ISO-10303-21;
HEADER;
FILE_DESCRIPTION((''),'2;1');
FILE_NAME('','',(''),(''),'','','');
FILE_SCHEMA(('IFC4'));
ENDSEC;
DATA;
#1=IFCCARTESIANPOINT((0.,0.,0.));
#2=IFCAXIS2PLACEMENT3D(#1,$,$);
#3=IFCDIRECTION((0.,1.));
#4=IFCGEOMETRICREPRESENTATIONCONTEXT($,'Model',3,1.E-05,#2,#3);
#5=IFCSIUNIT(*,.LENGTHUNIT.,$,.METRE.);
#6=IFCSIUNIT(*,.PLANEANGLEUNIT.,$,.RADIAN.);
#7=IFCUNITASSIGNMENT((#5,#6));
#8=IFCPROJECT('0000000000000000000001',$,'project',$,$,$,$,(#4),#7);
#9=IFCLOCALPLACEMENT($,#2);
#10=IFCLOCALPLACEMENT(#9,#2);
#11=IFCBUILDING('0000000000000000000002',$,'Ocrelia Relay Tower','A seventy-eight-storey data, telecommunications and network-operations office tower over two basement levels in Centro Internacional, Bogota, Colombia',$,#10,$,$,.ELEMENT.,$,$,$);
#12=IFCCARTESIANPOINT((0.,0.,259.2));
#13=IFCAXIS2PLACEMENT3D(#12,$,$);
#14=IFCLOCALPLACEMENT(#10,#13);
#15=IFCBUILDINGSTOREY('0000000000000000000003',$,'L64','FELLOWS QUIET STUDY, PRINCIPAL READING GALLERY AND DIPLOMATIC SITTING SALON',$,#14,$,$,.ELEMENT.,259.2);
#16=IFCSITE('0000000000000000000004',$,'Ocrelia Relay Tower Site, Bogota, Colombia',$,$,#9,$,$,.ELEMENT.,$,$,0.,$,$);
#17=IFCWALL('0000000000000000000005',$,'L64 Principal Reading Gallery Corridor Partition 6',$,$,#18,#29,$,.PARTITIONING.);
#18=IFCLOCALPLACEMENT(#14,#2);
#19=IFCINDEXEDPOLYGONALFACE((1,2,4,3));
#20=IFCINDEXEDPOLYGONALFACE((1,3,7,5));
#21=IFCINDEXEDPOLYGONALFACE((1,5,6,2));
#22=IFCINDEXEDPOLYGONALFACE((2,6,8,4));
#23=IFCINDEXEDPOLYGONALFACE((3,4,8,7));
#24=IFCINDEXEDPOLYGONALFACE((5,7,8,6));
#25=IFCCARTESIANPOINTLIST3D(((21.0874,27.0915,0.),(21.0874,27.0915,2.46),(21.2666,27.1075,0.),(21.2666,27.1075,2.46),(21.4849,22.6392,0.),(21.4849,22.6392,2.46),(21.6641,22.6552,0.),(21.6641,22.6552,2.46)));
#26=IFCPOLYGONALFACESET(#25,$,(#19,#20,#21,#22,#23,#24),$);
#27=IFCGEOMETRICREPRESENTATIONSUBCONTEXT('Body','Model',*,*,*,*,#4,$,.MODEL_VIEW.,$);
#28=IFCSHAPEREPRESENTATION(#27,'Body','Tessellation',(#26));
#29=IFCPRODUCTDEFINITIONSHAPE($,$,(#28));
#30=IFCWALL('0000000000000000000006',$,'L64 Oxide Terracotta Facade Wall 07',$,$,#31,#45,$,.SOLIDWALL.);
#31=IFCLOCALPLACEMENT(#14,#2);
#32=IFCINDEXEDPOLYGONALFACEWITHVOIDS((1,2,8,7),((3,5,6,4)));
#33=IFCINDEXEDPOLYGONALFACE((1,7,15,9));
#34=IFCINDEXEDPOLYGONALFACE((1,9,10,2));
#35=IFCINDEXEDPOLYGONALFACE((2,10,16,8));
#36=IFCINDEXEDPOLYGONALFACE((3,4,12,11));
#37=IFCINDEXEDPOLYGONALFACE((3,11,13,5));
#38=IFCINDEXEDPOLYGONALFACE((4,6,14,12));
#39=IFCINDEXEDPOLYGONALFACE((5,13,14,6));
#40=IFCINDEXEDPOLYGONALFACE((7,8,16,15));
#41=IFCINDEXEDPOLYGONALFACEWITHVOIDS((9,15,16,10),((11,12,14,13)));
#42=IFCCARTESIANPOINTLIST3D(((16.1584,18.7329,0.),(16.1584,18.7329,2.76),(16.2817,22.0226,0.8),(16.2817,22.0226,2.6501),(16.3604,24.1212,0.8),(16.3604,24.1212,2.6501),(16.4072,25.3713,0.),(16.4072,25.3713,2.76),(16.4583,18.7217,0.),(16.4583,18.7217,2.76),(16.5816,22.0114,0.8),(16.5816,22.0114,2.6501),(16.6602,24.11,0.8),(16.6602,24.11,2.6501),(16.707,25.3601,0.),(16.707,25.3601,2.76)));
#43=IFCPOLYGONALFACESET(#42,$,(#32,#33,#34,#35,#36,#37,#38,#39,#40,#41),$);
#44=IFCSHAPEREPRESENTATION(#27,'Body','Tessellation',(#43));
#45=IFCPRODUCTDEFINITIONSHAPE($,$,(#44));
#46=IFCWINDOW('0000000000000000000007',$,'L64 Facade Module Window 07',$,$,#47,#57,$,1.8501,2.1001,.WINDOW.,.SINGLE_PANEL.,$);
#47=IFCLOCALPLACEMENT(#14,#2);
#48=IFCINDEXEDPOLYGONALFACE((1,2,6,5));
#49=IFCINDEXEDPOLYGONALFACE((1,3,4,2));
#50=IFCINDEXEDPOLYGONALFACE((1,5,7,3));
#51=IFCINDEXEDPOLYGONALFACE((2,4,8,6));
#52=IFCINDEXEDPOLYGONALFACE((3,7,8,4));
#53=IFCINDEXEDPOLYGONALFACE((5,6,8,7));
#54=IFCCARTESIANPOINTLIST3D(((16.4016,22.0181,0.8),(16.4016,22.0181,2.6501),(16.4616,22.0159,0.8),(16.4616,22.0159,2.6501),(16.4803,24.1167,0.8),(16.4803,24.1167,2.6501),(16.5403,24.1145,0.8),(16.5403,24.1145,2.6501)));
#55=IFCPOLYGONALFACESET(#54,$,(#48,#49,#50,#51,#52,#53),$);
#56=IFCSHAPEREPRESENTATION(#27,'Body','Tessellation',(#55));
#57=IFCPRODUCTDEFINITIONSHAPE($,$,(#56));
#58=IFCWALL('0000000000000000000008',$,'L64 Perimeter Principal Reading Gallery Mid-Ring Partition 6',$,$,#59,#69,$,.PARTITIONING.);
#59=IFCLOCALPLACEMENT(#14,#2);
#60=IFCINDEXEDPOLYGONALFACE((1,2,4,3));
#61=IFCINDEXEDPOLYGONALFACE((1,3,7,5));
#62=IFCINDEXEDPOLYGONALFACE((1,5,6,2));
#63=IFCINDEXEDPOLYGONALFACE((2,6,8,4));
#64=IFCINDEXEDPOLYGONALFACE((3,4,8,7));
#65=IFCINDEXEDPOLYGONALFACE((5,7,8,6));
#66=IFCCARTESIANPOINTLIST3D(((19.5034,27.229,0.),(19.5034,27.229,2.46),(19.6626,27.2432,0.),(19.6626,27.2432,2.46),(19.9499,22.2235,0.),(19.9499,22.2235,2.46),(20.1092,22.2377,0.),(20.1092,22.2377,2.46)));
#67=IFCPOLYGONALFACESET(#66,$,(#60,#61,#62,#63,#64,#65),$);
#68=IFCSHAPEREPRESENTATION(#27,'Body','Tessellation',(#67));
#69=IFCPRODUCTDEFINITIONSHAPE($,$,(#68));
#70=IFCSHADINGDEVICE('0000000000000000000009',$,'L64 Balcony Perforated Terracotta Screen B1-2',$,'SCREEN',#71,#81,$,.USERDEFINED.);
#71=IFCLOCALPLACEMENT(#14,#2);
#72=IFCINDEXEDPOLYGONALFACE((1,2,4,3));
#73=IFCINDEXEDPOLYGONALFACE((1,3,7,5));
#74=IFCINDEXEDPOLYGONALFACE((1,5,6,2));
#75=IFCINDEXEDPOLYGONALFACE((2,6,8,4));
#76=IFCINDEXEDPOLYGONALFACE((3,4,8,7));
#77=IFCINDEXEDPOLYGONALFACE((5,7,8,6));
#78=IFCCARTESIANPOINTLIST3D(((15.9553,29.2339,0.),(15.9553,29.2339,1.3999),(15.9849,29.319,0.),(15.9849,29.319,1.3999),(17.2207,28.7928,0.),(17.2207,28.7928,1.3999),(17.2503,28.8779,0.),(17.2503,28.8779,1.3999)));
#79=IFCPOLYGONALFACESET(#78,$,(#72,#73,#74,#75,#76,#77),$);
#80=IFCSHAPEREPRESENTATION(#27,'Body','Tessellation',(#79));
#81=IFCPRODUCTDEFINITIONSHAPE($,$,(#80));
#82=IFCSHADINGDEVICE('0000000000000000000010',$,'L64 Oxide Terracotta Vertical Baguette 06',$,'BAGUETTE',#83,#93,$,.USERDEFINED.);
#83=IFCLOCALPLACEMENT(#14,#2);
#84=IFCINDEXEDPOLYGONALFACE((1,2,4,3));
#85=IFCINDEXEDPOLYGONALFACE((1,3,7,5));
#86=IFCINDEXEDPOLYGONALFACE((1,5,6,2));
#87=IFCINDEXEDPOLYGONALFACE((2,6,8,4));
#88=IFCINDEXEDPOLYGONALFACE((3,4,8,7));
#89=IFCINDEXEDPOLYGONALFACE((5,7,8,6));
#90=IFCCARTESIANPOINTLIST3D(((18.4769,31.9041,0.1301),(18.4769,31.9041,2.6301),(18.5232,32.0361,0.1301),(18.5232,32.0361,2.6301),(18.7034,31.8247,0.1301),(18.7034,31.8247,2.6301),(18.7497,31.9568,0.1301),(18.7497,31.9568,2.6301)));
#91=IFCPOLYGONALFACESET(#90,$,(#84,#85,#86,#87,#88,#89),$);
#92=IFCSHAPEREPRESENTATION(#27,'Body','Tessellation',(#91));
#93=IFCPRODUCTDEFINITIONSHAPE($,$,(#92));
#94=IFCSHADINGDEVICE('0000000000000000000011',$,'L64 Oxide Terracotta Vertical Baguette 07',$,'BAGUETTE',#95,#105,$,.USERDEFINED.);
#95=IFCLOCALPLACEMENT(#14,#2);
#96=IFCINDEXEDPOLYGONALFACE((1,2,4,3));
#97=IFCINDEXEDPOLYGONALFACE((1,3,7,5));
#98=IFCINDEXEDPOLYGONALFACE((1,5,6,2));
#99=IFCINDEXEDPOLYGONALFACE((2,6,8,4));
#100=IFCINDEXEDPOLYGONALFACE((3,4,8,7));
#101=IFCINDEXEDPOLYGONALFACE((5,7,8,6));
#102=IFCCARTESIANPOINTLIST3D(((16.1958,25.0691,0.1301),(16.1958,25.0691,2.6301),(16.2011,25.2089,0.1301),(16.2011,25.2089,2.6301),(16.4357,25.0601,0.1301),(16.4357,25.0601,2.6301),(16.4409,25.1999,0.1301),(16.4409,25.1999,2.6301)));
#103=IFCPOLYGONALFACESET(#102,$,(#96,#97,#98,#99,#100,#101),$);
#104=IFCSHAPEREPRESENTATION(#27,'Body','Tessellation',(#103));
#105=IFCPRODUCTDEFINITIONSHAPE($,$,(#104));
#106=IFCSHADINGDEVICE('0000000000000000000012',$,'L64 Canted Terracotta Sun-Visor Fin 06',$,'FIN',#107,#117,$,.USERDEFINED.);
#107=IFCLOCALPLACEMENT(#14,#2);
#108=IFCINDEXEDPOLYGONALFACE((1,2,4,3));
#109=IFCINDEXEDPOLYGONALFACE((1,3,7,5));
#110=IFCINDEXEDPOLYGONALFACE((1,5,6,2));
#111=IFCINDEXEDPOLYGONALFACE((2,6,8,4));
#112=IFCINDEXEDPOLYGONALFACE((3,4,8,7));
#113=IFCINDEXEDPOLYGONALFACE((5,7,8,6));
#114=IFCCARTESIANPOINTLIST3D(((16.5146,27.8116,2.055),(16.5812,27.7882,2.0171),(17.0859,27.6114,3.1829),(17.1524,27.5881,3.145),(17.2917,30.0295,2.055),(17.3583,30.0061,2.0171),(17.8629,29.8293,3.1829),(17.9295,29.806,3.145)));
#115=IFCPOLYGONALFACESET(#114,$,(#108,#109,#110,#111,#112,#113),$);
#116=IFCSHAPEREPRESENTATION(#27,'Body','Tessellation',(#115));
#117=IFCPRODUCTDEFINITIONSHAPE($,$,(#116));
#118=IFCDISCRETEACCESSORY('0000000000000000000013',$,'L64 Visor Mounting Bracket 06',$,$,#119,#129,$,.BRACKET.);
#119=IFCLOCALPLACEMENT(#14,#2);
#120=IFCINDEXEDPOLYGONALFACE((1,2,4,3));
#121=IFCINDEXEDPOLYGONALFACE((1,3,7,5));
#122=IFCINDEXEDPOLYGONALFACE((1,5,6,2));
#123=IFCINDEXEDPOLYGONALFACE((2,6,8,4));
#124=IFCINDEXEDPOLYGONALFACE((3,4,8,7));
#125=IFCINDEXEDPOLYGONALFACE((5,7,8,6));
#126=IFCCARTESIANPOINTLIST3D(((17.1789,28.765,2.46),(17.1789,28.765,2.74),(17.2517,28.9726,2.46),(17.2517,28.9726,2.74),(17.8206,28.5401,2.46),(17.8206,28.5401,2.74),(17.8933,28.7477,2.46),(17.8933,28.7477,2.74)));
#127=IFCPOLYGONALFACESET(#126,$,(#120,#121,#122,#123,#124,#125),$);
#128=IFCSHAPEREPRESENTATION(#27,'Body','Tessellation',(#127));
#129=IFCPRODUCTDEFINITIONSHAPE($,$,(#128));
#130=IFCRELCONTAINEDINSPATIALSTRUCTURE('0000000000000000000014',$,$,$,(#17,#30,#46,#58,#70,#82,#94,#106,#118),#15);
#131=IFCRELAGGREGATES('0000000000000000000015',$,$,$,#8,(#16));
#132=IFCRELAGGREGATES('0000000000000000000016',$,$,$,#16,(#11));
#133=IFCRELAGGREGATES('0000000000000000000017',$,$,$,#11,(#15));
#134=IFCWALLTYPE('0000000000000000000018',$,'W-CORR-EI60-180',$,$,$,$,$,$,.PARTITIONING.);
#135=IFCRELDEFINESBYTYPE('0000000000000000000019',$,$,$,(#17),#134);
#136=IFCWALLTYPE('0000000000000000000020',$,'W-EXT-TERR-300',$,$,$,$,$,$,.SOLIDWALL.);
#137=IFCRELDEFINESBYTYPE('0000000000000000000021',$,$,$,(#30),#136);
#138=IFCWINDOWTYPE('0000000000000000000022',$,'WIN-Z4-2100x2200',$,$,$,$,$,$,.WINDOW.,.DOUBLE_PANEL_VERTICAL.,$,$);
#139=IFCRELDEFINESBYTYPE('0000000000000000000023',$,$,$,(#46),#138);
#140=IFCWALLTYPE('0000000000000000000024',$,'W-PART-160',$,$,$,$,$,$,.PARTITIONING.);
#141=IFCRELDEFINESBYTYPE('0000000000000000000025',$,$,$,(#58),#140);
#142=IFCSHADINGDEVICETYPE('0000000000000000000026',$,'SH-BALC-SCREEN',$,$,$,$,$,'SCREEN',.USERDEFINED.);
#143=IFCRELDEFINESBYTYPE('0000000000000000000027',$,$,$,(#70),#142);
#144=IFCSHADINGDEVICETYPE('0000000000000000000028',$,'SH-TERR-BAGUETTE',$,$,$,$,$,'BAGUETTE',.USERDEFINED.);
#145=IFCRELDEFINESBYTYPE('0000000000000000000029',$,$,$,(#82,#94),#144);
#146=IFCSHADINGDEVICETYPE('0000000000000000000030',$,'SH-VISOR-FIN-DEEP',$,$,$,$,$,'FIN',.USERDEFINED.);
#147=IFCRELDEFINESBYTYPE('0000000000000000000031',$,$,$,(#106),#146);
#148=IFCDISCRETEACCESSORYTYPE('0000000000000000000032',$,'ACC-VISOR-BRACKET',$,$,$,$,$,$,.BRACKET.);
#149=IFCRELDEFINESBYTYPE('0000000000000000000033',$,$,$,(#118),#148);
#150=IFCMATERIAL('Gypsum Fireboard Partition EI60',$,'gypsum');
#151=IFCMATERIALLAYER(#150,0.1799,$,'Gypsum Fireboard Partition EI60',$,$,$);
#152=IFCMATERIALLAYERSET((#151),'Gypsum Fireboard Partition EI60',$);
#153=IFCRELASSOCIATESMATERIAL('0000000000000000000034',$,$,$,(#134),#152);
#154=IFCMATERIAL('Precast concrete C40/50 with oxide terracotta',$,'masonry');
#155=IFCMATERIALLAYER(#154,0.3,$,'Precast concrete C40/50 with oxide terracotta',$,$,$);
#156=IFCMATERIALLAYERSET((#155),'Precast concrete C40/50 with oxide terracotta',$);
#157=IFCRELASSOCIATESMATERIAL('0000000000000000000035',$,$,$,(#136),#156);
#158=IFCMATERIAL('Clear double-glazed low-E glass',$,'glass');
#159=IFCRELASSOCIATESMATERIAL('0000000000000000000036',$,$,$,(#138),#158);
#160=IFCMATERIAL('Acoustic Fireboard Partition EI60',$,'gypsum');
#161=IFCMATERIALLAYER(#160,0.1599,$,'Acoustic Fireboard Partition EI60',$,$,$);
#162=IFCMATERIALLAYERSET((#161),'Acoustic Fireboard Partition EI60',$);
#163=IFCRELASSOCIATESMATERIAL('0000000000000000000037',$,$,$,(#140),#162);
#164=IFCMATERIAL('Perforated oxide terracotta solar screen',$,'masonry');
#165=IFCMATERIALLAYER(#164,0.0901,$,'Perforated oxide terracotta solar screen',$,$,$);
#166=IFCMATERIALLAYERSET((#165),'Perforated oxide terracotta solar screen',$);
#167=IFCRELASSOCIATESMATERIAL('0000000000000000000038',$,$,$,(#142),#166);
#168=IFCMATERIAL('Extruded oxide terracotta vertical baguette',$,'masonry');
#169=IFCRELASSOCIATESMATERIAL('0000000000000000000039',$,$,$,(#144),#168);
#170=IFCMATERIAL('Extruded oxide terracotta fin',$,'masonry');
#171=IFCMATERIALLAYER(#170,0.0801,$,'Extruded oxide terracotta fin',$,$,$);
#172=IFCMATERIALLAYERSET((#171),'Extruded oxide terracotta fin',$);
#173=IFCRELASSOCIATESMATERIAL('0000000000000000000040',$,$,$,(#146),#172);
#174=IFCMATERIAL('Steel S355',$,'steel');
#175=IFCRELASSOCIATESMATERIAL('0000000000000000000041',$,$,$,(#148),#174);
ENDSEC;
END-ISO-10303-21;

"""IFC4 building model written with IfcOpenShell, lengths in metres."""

from ifc_helpers import new_model, si_unit, direction, frame, frame_2d, origin, origin_2d, place, context, subcontext, project, spatial, rectangle, extrude, material, layer, layer_set, type_object, element, fill, save


model = new_model("IFC4")

# Units and contexts
model_context = context("Model", 3, precision=1e-05, world=origin(), true_north=direction((0.0, 1.0)))
body_context = subcontext(model_context, "Body", "Model", "MODEL_VIEW")
ifc_project = project(units=[si_unit("LENGTHUNIT", "METRE"), si_unit("PLANEANGLEUNIT", "RADIAN")], contexts=[model_context])

# Site, building, storey
site_placement = place(None, origin())
site = spatial("IfcSite", under=ifc_project, at=site_placement, Name="Ocrelia Relay Tower Site, Bogota, Colombia", CompositionType="ELEMENT", RefElevation=0.0)
building_placement = place(site_placement, origin())
building = spatial("IfcBuilding", under=site, at=building_placement, Name="Ocrelia Relay Tower", Description="A seventy-eight-storey data, telecommunications and network-operations office tower over two basement levels in Centro Internacional, Bogota, Colombia", CompositionType="ELEMENT")
storey_placement = place(building_placement, frame((0.0, 0.0, 259.2)))
storey = spatial("IfcBuildingStorey", under=building, at=storey_placement, Name="L64", Description="FELLOWS QUIET STUDY, PRINCIPAL READING GALLERY AND DIPLOMATIC SITTING SALON", CompositionType="ELEMENT", Elevation=259.2)

# Shared definitions
ifc_material_1 = material(Name="Steel S355", Category="steel")

# Wall
ifc_material_2 = material(Name="Gypsum Fireboard Partition EI60", Category="gypsum")
ifc_layer_1 = layer(ifc_material_2, 0.1799, Name="Gypsum Fireboard Partition EI60")
ifc_layer_set_1 = layer_set([ifc_layer_1], Name="Gypsum Fireboard Partition EI60")
wall_type_1 = type_object("IfcWallType", Name="W-CORR-EI60-180", PredefinedType="PARTITIONING", material=ifc_layer_set_1)
wall_1_placement = place(storey_placement, frame((21.177, 27.0994, 0.0), z_axis=(0.0, 0.0, 1.0), x_axis=(0.08892, -0.996039, 0.0)))
element("IfcWall", 1, at=wall_1_placement, inside=storey, type_object=wall_type_1, Name="L64 Principal Reading Gallery Corridor Partition 6", PredefinedType="PARTITIONING", context=body_context, shape_type="SweptSolid", body=[
    extrude(rectangle(XDim=4.47, YDim=0.1799, at=frame_2d((2.2349, 0.0))), origin(), (0.0, 0.0, 1.0), 2.46),
])

# Wall, opening, window
ifc_material_3 = material(Name="Precast concrete C40/50 with oxide terracotta", Category="masonry")
ifc_layer_2 = layer(ifc_material_3, 0.3, Name="Precast concrete C40/50 with oxide terracotta")
ifc_layer_set_2 = layer_set([ifc_layer_2], Name="Precast concrete C40/50 with oxide terracotta")
wall_type_2 = type_object("IfcWallType", Name="W-EXT-TERR-300", PredefinedType="SOLIDWALL", material=ifc_layer_set_2)
wall_2_placement = place(storey_placement, frame((16.5571, 25.3657, 0.0), z_axis=(0.0, 0.0, 1.0), x_axis=(-0.037449, -0.999299, 0.0)))
wall_2 = element("IfcWall", 2, at=wall_2_placement, inside=storey, type_object=wall_type_2, Name="L64 Oxide Terracotta Facade Wall 07", PredefinedType="SOLIDWALL", context=body_context, shape_type="SweptSolid", body=[
    extrude(rectangle(XDim=6.6431, YDim=0.3, at=frame_2d((3.3215, 0.0))), origin(), (0.0, 0.0, 1.0), 2.76),
])
opening_placement = place(wall_2_placement, frame((1.251, 0.0, 0.8)))
opening = element("IfcOpeningElement", 3, at=opening_placement, cuts=wall_2, PredefinedType="OPENING", context=body_context, shape_type="SweptSolid", body=[
    extrude(rectangle(XDim=2.1001, YDim=1.8501, at=frame_2d((1.05, 0.925))), frame((0.0, 0.1602, 0.0), z_axis=(0.0, -1.0, 0.0), x_axis=(1.0, 0.0, 0.0)), (0.0, 0.0, 1.0), 0.3201),
])
ifc_material_4 = material(Name="Clear double-glazed low-E glass", Category="glass")
window_type = type_object("IfcWindowType", Name="WIN-Z4-2100x2200", PartitioningType="DOUBLE_PANEL_VERTICAL", PredefinedType="WINDOW", material=ifc_material_4)
window_placement = place(opening_placement, origin())
window = element("IfcWindow", 4, at=window_placement, inside=storey, type_object=window_type, Name="L64 Facade Module Window 07", OverallHeight=1.8501, OverallWidth=2.1001, PartitioningType="SINGLE_PANEL", PredefinedType="WINDOW", context=body_context, shape_type="SweptSolid", body=[
    extrude(rectangle(XDim=2.1001, YDim=1.8501, at=frame_2d((1.05, 0.925))), frame((0.0, 0.03, 0.0), z_axis=(0.0, -1.0, 0.0), x_axis=(1.0, 0.0, 0.0)), (0.0, 0.0, 1.0), 0.0601),
])
fill(opening, window)

# Wall
ifc_material_5 = material(Name="Acoustic Fireboard Partition EI60", Category="gypsum")
ifc_layer_3 = layer(ifc_material_5, 0.1599, Name="Acoustic Fireboard Partition EI60")
ifc_layer_set_3 = layer_set([ifc_layer_3], Name="Acoustic Fireboard Partition EI60")
wall_type_3 = type_object("IfcWallType", Name="W-PART-160", PredefinedType="PARTITIONING", material=ifc_layer_set_3)
wall_3_placement = place(storey_placement, frame((19.583, 27.2361, 0.0), z_axis=(0.0, 0.0, 1.0), x_axis=(0.088854, -0.996045, 0.0)))
element("IfcWall", 5, at=wall_3_placement, inside=storey, type_object=wall_type_3, Name="L64 Perimeter Principal Reading Gallery Mid-Ring Partition 6", PredefinedType="PARTITIONING", context=body_context, shape_type="SweptSolid", body=[
    extrude(rectangle(XDim=5.0254, YDim=0.1599, at=frame_2d((2.5127, 0.0))), origin(), (0.0, 0.0, 1.0), 2.46),
])

# Shading devices
ifc_material_6 = material(Name="Perforated oxide terracotta solar screen", Category="masonry")
ifc_layer_4 = layer(ifc_material_6, 0.0901, Name="Perforated oxide terracotta solar screen")
ifc_layer_set_4 = layer_set([ifc_layer_4], Name="Perforated oxide terracotta solar screen")
shading_device_type_1 = type_object("IfcShadingDeviceType", Name="SH-BALC-SCREEN", ElementType="SCREEN", PredefinedType="USERDEFINED", material=ifc_layer_set_4)
shading_device_1_placement = place(storey_placement, frame((16.6028, 29.0559, 0.0), z_axis=(0.0, 0.0, 1.0), x_axis=(-0.944267, 0.32918, 0.0)))
element("IfcShadingDevice", 6, at=shading_device_1_placement, inside=storey, type_object=shading_device_type_1, Name="L64 Balcony Perforated Terracotta Screen B1-2", ObjectType="SCREEN", PredefinedType="USERDEFINED", context=body_context, shape_type="SweptSolid", body=[
    extrude(rectangle(XDim=1.3401, YDim=0.0901, at=origin_2d()), origin(), (0.0, 0.0, 1.0), 1.3999),
])
ifc_material_7 = material(Name="Extruded oxide terracotta vertical baguette", Category="masonry")
shading_device_type_2 = type_object("IfcShadingDeviceType", Name="SH-TERR-BAGUETTE", ElementType="BAGUETTE", PredefinedType="USERDEFINED", material=ifc_material_7)
for number, where, z_axis, x_axis, name in (
    (7, (18.6133, 31.9304, 0.1301), (0.0, 0.0, 1.0), (-0.330657, -0.943751, 0.0), "L64 Oxide Terracotta Vertical Baguette 06"),
    (8, (16.3184, 25.1345, 0.1301), (0.0, 0.0, 1.0), (-0.037452, -0.999298, 0.0), "L64 Oxide Terracotta Vertical Baguette 07"),
):
    element("IfcShadingDevice", number, at=place(storey_placement, frame(where, z_axis=z_axis, x_axis=x_axis)), inside=storey, type_object=shading_device_type_2, Name=name, ObjectType="BAGUETTE", PredefinedType="USERDEFINED", context=body_context, shape_type="SweptSolid", body=[
        extrude(rectangle(XDim=0.1399, YDim=0.24, at=origin_2d()), origin(), (0.0, 0.0, 1.0), 2.5),
    ])
ifc_material_8 = material(Name="Extruded oxide terracotta fin", Category="masonry")
ifc_layer_5 = layer(ifc_material_8, 0.0801, Name="Extruded oxide terracotta fin")
ifc_layer_set_5 = layer_set([ifc_layer_5], Name="Extruded oxide terracotta fin")
shading_device_type_3 = type_object("IfcShadingDeviceType", Name="SH-VISOR-FIN-DEEP", ElementType="FIN", PredefinedType="USERDEFINED", material=ifc_layer_set_5)
shading_device_2_placement = place(storey_placement, frame((17.2554, 28.7971, 2.5811), z_axis=(-0.831575, 0.291355, 0.472858), x_axis=(-0.330657, -0.943751, 0.0)))
element("IfcShadingDevice", 9, at=shading_device_2_placement, inside=storey, type_object=shading_device_type_3, Name="L64 Canted Terracotta Sun-Visor Fin 06", ObjectType="FIN", PredefinedType="USERDEFINED", context=body_context, shape_type="SweptSolid", body=[
    extrude(rectangle(XDim=2.3501, YDim=1.28, at=origin_2d()), origin(), (0.0, 0.0, 1.0), 0.0801),
])

# Discrete accessory
discrete_accessory_type = type_object("IfcDiscreteAccessoryType", Name="ACC-VISOR-BRACKET", PredefinedType="BRACKET", material=ifc_material_1)
discrete_accessory_placement = place(storey_placement, frame((17.5361, 28.7563, 2.46), z_axis=(0.0, 0.0, 1.0), x_axis=(-0.330657, -0.943751, 0.0)))
element("IfcDiscreteAccessory", 10, at=discrete_accessory_placement, inside=storey, type_object=discrete_accessory_type, Name="L64 Visor Mounting Bracket 06", PredefinedType="BRACKET", context=body_context, shape_type="SweptSolid", body=[
    extrude(rectangle(XDim=0.22, YDim=0.6799, at=origin_2d()), origin(), (0.0, 0.0, 1.0), 0.28),
])

save(model, "model.ifc")
